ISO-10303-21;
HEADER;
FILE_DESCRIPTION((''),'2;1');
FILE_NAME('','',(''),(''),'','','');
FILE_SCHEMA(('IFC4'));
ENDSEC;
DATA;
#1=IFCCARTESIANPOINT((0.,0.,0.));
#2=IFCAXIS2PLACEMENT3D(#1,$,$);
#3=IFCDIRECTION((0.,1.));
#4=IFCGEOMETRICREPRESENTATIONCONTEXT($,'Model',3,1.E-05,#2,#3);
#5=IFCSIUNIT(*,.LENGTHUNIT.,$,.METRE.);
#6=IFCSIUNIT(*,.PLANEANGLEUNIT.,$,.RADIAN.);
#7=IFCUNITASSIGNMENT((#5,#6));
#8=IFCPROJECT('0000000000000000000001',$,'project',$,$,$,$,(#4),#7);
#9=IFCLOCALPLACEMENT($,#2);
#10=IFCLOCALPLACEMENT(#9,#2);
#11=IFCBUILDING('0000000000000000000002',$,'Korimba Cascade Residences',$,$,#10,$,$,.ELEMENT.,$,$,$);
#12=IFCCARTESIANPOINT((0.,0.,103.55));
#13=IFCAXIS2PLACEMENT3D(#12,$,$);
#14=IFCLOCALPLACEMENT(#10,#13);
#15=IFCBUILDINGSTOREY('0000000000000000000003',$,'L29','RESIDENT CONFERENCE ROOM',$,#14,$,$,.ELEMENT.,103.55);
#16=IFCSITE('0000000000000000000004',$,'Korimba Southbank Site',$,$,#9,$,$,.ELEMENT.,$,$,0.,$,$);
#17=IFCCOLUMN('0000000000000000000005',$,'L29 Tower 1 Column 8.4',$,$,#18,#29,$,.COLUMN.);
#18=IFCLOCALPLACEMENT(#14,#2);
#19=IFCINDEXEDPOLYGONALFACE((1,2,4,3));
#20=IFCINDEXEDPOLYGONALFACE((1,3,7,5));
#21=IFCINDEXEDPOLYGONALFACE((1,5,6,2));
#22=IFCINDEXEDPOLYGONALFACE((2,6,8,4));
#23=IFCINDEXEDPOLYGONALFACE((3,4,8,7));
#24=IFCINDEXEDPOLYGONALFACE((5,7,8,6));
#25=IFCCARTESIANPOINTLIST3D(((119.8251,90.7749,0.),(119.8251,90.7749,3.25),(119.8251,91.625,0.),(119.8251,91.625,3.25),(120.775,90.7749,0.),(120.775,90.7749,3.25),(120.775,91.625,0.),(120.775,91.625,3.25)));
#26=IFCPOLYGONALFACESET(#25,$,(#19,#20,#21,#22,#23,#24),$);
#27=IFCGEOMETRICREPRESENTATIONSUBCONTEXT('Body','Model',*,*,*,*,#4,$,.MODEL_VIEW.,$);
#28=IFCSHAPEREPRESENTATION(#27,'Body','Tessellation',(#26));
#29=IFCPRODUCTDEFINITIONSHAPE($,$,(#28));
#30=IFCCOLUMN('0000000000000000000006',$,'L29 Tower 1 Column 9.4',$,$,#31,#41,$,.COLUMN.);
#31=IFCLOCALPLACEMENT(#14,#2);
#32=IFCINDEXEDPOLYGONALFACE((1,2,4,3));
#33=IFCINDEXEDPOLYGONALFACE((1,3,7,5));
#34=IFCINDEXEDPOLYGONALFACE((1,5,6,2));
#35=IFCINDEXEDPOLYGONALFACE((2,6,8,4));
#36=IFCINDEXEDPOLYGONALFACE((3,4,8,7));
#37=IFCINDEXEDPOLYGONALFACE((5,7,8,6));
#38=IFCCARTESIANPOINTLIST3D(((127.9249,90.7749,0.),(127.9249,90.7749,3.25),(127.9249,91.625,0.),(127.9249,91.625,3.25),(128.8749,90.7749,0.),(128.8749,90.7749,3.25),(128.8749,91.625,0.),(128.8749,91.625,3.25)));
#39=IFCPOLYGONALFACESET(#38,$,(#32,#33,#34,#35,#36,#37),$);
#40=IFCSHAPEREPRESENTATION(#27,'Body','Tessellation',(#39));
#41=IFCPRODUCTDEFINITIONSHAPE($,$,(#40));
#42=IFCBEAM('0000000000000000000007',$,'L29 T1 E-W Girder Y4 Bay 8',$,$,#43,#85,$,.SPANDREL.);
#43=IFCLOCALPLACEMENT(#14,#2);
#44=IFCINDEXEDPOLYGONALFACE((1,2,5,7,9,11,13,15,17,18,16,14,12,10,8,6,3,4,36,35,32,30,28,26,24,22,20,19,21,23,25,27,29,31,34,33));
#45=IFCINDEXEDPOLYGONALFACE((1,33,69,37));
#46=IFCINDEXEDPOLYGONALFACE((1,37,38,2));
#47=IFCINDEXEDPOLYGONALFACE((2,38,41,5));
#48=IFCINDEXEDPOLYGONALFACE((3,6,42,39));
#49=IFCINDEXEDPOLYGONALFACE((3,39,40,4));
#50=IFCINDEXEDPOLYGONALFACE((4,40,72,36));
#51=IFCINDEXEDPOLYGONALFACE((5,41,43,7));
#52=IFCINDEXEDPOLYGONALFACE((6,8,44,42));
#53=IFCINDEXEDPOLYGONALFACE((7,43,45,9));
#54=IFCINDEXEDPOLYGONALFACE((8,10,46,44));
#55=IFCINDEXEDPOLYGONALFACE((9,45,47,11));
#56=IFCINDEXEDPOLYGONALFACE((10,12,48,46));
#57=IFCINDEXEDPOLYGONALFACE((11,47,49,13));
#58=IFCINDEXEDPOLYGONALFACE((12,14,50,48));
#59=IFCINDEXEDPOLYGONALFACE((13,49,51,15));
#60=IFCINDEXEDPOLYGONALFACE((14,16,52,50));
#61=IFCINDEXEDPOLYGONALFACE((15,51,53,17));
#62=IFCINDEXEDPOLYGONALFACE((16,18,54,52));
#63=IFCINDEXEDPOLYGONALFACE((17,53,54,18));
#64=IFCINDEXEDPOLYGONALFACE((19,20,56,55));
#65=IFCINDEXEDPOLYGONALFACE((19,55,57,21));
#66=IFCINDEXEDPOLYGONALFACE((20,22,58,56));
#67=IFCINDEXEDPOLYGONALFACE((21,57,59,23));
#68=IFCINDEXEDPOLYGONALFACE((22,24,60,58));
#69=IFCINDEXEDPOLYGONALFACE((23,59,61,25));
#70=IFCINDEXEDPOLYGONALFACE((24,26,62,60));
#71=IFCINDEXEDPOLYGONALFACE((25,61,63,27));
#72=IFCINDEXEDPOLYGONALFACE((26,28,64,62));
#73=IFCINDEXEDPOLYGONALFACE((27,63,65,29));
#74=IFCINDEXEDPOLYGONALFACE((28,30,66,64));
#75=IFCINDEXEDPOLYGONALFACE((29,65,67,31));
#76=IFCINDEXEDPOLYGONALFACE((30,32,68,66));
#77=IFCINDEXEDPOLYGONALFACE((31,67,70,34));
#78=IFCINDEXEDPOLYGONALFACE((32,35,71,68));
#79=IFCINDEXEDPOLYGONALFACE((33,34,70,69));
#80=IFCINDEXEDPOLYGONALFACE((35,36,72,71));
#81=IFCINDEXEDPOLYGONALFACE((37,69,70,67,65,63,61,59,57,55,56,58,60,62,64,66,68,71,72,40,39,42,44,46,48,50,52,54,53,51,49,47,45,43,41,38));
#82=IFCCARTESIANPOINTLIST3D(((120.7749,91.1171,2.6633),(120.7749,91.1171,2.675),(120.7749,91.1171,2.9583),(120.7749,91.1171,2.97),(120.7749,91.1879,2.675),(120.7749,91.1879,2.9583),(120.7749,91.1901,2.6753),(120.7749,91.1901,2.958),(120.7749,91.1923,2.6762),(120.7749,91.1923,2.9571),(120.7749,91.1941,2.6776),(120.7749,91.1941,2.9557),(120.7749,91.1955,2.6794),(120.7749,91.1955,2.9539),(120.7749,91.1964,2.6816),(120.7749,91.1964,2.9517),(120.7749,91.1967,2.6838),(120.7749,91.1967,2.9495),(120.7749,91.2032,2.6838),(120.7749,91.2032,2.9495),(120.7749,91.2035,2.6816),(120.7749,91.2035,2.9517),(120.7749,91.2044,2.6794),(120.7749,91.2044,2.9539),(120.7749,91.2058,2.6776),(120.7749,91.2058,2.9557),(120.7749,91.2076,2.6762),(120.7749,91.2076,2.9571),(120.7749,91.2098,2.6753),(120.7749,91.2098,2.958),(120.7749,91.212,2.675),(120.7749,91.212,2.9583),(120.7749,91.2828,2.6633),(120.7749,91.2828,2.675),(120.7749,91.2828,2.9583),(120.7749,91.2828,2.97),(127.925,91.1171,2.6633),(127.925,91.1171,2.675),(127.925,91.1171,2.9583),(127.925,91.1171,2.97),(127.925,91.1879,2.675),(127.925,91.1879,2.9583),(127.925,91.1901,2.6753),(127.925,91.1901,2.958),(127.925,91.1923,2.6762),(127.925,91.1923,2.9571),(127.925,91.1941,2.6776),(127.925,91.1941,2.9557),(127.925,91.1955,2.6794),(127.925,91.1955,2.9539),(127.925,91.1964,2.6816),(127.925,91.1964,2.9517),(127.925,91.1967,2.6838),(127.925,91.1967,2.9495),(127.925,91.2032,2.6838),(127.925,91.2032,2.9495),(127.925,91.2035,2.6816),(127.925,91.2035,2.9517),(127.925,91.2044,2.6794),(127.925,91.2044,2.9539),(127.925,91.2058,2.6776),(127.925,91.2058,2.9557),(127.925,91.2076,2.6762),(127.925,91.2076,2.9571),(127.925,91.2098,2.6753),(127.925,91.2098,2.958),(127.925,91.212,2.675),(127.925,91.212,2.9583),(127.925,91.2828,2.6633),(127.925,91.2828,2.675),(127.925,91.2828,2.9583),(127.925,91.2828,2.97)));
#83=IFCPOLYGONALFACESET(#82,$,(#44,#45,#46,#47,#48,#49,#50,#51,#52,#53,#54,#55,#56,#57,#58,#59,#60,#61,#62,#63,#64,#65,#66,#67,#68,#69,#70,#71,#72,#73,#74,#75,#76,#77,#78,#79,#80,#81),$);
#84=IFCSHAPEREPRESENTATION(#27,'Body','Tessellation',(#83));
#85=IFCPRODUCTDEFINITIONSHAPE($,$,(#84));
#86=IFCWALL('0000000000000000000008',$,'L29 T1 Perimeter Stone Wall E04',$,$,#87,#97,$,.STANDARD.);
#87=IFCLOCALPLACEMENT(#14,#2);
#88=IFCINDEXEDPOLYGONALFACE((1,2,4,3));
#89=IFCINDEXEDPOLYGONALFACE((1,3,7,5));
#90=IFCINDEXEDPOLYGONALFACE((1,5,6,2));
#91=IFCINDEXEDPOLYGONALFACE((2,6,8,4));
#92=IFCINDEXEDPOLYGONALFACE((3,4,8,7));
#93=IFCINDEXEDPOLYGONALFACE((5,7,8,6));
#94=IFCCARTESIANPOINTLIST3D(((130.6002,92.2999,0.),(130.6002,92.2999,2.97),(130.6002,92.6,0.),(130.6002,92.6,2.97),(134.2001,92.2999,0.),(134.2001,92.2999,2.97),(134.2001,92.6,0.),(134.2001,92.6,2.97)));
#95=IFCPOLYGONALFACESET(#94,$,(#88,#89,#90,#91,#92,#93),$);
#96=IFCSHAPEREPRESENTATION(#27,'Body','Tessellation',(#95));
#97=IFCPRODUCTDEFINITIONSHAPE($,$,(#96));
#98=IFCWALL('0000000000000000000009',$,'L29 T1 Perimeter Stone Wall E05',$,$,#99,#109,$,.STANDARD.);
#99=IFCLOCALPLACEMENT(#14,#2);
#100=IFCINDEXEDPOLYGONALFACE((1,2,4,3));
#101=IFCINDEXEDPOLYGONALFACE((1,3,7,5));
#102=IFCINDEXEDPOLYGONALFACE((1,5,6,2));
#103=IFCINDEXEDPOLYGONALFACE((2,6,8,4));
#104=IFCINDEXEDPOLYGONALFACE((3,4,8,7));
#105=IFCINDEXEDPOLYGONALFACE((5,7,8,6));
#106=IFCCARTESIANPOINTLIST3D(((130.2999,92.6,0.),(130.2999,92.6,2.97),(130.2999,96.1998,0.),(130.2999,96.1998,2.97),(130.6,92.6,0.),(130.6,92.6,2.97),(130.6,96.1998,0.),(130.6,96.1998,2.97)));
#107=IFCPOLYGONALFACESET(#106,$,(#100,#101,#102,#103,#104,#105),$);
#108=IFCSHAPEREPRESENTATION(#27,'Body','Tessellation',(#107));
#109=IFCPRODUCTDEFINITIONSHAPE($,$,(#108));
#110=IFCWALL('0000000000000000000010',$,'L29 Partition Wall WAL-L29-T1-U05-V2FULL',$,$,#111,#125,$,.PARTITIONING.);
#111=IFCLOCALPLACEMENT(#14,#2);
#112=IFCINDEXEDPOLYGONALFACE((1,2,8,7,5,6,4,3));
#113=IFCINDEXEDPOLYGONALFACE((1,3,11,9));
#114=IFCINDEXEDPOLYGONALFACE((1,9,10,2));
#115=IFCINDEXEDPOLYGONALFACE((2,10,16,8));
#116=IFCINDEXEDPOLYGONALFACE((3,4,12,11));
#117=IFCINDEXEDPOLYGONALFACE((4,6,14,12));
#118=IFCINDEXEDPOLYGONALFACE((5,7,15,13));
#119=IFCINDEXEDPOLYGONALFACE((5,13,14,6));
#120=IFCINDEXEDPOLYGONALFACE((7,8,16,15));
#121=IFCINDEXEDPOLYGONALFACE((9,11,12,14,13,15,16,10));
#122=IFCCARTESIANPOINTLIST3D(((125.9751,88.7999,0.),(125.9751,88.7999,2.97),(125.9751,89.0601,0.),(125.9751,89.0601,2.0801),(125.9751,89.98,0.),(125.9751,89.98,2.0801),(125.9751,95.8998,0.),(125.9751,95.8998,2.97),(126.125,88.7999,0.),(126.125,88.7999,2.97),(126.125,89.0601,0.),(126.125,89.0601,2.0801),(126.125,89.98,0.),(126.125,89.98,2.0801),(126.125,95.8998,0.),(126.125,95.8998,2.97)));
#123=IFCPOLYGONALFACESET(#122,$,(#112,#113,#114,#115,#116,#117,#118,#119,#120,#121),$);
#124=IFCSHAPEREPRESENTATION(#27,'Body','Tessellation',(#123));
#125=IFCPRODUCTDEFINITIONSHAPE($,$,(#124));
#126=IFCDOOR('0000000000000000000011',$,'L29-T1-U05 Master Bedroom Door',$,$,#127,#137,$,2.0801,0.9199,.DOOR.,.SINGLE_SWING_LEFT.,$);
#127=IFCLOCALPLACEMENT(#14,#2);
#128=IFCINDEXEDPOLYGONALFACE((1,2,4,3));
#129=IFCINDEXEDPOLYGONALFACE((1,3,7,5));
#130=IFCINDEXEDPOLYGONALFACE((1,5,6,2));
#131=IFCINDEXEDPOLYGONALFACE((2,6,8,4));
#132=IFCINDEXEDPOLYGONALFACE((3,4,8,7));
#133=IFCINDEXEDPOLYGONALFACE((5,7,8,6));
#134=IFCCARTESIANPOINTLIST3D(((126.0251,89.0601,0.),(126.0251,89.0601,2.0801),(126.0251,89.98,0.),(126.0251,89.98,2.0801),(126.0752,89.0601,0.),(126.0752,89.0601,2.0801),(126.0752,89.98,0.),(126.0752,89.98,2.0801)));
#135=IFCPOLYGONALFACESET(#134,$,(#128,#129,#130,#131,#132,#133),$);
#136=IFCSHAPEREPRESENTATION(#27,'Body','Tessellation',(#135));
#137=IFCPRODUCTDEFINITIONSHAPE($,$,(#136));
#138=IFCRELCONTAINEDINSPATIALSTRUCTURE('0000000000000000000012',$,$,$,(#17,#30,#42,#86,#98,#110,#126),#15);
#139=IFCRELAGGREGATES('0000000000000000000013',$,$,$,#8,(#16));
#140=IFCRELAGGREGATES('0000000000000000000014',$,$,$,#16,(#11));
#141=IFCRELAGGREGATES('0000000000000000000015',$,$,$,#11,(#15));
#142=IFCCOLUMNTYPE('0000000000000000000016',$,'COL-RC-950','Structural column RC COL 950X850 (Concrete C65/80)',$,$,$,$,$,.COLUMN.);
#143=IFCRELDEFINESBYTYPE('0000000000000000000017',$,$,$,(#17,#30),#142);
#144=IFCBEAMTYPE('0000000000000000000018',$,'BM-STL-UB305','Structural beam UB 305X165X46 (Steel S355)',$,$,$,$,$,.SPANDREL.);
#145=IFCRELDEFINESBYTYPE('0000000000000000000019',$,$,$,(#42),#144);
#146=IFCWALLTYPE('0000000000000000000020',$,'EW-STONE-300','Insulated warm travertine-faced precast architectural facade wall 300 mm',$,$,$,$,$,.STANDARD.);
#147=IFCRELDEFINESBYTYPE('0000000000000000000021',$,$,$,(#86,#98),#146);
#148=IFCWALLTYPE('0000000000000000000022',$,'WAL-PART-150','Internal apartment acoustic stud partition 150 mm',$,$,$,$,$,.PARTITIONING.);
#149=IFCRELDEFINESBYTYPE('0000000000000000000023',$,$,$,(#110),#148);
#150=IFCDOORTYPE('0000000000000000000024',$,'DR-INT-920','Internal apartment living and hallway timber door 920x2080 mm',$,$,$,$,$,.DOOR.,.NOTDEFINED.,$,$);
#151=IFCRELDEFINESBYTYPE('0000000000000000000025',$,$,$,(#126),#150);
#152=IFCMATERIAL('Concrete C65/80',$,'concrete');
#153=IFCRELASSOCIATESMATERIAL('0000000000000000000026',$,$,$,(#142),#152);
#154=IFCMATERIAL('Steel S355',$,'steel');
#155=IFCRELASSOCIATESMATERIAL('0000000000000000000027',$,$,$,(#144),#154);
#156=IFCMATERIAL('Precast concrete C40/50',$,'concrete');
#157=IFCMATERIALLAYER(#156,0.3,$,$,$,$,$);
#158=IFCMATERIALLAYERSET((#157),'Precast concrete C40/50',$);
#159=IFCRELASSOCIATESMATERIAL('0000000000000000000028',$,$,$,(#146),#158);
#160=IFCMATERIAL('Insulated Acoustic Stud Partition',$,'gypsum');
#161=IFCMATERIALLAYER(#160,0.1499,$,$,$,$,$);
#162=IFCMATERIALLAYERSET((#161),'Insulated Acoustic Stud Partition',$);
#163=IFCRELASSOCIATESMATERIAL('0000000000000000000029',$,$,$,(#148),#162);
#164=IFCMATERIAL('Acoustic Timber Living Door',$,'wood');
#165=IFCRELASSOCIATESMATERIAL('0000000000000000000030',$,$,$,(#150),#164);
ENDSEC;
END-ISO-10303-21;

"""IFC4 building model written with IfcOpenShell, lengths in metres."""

from ifc_helpers import new_model, si_unit, direction, frame, frame_2d, origin, origin_2d, place, context, subcontext, project, spatial, rectangle, i_section, extrude, material, layer, layer_set, material_profile, profile_set, type_object, element, fill, save


model = new_model("IFC4")

# Units and contexts
model_context = context("Model", 3, precision=1e-05, world=origin(), true_north=direction((0.0, 1.0)))
body_context = subcontext(model_context, "Body", "Model", "MODEL_VIEW")
ifc_project = project(units=[si_unit("LENGTHUNIT", "METRE"), si_unit("PLANEANGLEUNIT", "RADIAN")], contexts=[model_context])

# Site, building, storey
site_placement = place(None, origin())
site = spatial("IfcSite", under=ifc_project, at=site_placement, Name="Korimba Southbank Site", CompositionType="ELEMENT", RefElevation=0.0)
building_placement = place(site_placement, origin())
building = spatial("IfcBuilding", under=site, at=building_placement, Name="Korimba Cascade Residences", CompositionType="ELEMENT")
storey_placement = place(building_placement, frame((0.0, 0.0, 103.55)))
storey = spatial("IfcBuildingStorey", under=building, at=storey_placement, Name="L29", Description="RESIDENT CONFERENCE ROOM", CompositionType="ELEMENT", Elevation=103.55)

# Columns
ifc_material_1 = material(Name="Concrete C65/80", Category="concrete")
ifc_material_profile_1 = material_profile(ifc_material_1, rectangle(XDim=0.95, YDim=0.8501, at=origin_2d()), Name="Concrete C65/80")
ifc_profile_set_1 = profile_set([ifc_material_profile_1], Name="Concrete C65/80")
column_type = type_object("IfcColumnType", Name="COL-RC-950", Description="Structural column RC COL 950X850 (Concrete C65/80)", PredefinedType="COLUMN", material=ifc_profile_set_1)
for number, where, z_axis, x_axis, name in (
    (1, (120.3, 91.2, 0.0), (0.0, 0.0, 1.0), (1.0, 0.0, 0.0), "L29 Tower 1 Column 8.4"),
    (2, (128.3999, 91.2, 0.0), (0.0, 0.0, 1.0), (1.0, 0.0, 0.0), "L29 Tower 1 Column 9.4"),
):
    element("IfcColumn", number, at=place(storey_placement, frame(where, z_axis=z_axis, x_axis=x_axis)), inside=storey, type_object=column_type, Name=name, PredefinedType="COLUMN", context=body_context, shape_type="SweptSolid", body=[
        extrude(rectangle(XDim=0.95, YDim=0.8501, at=origin_2d()), origin(), (0.0, 0.0, 1.0), 3.25),
    ])

# Beam
ifc_material_2 = material(Name="Steel S355", Category="steel")
ifc_material_profile_2 = material_profile(ifc_material_2, i_section(OverallWidth=0.1658, OverallDepth=0.3066, WebThickness=0.0066, FlangeThickness=0.0117, FilletRadius=0.0088, at=origin_2d()), Name="Steel S355")
ifc_profile_set_2 = profile_set([ifc_material_profile_2], Name="Steel S355")
beam_type = type_object("IfcBeamType", Name="BM-STL-UB305", Description="Structural beam UB 305X165X46 (Steel S355)", PredefinedType="SPANDREL", material=ifc_profile_set_2)
beam_placement = place(storey_placement, frame((120.7749, 91.2, 2.8167), z_axis=(1.0, 0.0, 0.0), x_axis=(0.0, 1.0, 0.0)))
element("IfcBeam", 3, at=beam_placement, inside=storey, type_object=beam_type, Name="L29 T1 E-W Girder Y4 Bay 8", PredefinedType="SPANDREL", context=body_context, shape_type="SweptSolid", body=[
    extrude(i_section(OverallWidth=0.1658, OverallDepth=0.3066, WebThickness=0.0066, FlangeThickness=0.0117, FilletRadius=0.0088, at=origin_2d()), origin(), (0.0, 0.0, 1.0), 7.1501),
])

# Shared definitions
ifc_material_3 = material(Name="Precast concrete C40/50", Category="concrete")

# Walls
ifc_layer_1 = layer(ifc_material_3, 0.3)
ifc_layer_set_1 = layer_set([ifc_layer_1], Name="Precast concrete C40/50")
wall_type_1 = type_object("IfcWallType", Name="EW-STONE-300", Description="Insulated warm travertine-faced precast architectural facade wall 300 mm", PredefinedType="STANDARD", material=ifc_layer_set_1)
for number, where, z_axis, x_axis, name in (
    (4, (134.2, 92.45, 0.0), (0.0, 0.0, 1.0), (-1.0, 0.0, 0.0), "L29 T1 Perimeter Stone Wall E04"),
    (5, (130.45, 92.6001, 0.0), (0.0, 0.0, 1.0), (0.0, 1.0, 0.0), "L29 T1 Perimeter Stone Wall E05"),
):
    element("IfcWall", number, at=place(storey_placement, frame(where, z_axis=z_axis, x_axis=x_axis)), inside=storey, type_object=wall_type_1, Name=name, PredefinedType="STANDARD", context=body_context, shape_type="SweptSolid", body=[
        extrude(rectangle(XDim=3.5999, YDim=0.3, at=frame_2d((1.7998, 0.0))), origin(), (0.0, 0.0, 1.0), 2.97),
    ])

# Wall, opening, door
ifc_material_4 = material(Name="Insulated Acoustic Stud Partition", Category="gypsum")
ifc_layer_2 = layer(ifc_material_4, 0.1499)
ifc_layer_set_2 = layer_set([ifc_layer_2], Name="Insulated Acoustic Stud Partition")
wall_type_2 = type_object("IfcWallType", Name="WAL-PART-150", Description="Internal apartment acoustic stud partition 150 mm", PredefinedType="PARTITIONING", material=ifc_layer_set_2)
wall_1_placement = place(storey_placement, frame((126.05, 88.8, 0.0), z_axis=(0.0, 0.0, 1.0), x_axis=(0.0, 1.0, 0.0)))
wall_1 = element("IfcWall", 6, at=wall_1_placement, inside=storey, type_object=wall_type_2, Name="L29 Partition Wall WAL-L29-T1-U05-V2FULL", PredefinedType="PARTITIONING", context=body_context, shape_type="SweptSolid", body=[
    extrude(rectangle(XDim=7.0999, YDim=0.1499, at=frame_2d((3.5498, 0.0))), origin(), (0.0, 0.0, 1.0), 2.97),
])
opening_1_placement = place(wall_1_placement, frame((0.26, 0.0, 0.0)))
opening_1 = element("IfcOpeningElement", 7, at=opening_1_placement, cuts=wall_1, PredefinedType="OPENING", context=body_context, shape_type="SweptSolid", body=[
    extrude(rectangle(XDim=0.9199, YDim=2.0801, at=frame_2d((0.46, 1.04))), frame((0.0, 0.085, 0.0), z_axis=(0.0, -1.0, 0.0), x_axis=(1.0, 0.0, 0.0)), (0.0, 0.0, 1.0), 0.1699),
])
ifc_material_5 = material(Name="Acoustic Timber Living Door", Category="wood")
door_type_1 = type_object("IfcDoorType", Name="DR-INT-920", Description="Internal apartment living and hallway timber door 920x2080 mm", OperationType="NOTDEFINED", PredefinedType="DOOR", material=ifc_material_5)
door_1_placement = place(opening_1_placement, origin())
door_1 = element("IfcDoor", 8, at=door_1_placement, inside=storey, type_object=door_type_1, Name="L29-T1-U05 Master Bedroom Door", OperationType="SINGLE_SWING_LEFT", OverallHeight=2.0801, OverallWidth=0.9199, PredefinedType="DOOR", context=body_context, shape_type="SweptSolid", body=[
    extrude(rectangle(XDim=0.9199, YDim=2.0801, at=frame_2d((0.46, 1.04))), frame((0.0, 0.0249, 0.0), z_axis=(0.0, -1.0, 0.0), x_axis=(1.0, 0.0, 0.0)), (0.0, 0.0, 1.0), 0.05),
])
fill(opening_1, door_1)

save(model, "model.ifc")
